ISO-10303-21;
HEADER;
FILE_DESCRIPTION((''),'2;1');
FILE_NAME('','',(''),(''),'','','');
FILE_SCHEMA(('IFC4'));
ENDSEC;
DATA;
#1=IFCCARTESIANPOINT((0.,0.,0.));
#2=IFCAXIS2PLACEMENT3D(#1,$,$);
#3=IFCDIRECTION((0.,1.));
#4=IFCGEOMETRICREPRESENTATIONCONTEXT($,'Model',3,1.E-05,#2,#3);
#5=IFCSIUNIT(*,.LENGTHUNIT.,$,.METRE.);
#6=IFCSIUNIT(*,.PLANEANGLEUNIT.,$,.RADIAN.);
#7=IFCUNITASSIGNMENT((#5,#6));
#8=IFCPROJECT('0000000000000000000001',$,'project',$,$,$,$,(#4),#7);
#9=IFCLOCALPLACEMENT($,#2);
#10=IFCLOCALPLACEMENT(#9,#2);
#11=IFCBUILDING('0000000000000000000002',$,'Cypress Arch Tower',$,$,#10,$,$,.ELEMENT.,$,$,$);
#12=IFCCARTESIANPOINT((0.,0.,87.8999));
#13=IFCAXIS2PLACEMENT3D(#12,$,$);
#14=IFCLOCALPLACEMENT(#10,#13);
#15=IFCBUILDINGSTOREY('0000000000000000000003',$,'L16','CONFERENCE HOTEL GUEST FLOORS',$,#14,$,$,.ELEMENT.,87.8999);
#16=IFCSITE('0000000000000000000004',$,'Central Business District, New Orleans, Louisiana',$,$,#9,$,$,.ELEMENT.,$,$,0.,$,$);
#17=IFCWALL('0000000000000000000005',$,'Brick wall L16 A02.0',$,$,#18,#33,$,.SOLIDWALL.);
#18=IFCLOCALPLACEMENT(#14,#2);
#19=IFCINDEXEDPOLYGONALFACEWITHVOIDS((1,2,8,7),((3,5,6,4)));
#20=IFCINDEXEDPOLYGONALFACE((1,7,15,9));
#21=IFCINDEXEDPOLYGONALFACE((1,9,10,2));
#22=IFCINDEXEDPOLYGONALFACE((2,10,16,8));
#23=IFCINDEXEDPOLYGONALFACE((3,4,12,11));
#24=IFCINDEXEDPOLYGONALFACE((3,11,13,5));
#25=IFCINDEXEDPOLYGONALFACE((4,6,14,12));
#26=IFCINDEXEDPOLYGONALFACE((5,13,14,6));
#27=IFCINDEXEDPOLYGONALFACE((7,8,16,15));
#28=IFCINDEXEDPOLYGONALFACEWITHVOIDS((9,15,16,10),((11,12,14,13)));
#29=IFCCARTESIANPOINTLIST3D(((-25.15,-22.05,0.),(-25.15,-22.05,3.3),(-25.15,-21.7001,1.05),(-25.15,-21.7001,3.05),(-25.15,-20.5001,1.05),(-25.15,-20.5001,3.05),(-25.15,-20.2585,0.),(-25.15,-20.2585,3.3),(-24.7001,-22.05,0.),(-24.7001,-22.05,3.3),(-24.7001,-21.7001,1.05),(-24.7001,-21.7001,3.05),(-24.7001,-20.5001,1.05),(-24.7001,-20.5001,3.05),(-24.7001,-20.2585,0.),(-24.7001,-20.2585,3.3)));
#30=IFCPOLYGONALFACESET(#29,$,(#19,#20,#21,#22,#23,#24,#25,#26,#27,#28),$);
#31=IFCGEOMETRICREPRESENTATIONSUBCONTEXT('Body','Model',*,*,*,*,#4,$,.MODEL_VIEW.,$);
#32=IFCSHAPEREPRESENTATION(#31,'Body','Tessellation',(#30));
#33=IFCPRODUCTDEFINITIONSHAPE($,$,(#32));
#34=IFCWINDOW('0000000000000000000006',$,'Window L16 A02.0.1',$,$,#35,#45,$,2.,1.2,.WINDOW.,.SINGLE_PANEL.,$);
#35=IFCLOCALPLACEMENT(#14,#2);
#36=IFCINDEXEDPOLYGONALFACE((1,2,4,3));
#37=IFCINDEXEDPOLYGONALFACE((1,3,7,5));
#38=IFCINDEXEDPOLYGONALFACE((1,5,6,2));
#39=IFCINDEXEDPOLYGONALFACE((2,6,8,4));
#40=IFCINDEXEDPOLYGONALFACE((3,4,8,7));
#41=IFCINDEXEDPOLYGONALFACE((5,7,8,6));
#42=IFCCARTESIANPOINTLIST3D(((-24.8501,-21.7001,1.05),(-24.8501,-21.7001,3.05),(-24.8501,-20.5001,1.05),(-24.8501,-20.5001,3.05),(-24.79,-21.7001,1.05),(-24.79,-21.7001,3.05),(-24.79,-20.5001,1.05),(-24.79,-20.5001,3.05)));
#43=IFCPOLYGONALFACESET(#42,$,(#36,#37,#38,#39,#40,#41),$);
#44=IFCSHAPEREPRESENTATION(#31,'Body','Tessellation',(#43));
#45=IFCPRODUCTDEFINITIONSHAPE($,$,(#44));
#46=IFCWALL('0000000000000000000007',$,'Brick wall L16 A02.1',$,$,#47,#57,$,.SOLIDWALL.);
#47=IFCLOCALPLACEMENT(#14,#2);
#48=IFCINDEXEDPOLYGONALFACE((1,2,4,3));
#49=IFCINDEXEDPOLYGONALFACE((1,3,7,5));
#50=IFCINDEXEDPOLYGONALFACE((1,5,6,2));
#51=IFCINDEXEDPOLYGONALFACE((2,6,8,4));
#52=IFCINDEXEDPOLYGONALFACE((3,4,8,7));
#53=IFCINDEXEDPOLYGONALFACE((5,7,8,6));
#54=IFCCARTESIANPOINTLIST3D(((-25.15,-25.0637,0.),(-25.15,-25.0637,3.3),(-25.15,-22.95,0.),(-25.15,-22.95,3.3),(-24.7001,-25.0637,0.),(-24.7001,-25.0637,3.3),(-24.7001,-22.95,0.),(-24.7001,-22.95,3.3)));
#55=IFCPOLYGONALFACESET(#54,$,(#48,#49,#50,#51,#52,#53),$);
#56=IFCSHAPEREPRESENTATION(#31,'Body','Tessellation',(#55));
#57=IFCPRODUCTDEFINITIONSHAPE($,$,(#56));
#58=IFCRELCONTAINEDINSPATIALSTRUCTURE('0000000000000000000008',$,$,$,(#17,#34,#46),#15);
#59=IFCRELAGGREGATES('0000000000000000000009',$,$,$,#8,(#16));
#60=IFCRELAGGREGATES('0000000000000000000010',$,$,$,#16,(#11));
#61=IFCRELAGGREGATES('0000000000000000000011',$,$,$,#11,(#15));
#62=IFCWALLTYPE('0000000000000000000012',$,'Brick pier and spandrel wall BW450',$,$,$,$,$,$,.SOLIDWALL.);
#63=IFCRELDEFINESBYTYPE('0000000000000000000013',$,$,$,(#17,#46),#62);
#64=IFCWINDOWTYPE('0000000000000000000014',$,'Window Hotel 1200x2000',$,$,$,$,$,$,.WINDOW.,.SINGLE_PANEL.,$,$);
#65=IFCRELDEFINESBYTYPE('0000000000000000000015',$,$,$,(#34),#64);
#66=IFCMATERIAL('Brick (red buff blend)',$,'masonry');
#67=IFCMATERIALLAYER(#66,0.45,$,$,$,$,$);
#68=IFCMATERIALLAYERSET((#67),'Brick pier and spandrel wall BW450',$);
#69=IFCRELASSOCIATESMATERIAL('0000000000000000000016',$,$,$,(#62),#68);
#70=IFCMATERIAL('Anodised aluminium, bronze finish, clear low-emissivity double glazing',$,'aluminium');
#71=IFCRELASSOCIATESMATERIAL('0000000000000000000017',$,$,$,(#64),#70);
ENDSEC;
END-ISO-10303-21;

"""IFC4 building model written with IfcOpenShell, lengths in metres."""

from ifc_helpers import new_model, si_unit, direction, frame, frame_2d, origin, place, context, subcontext, project, spatial, rectangle, extrude, material, layer, layer_set, type_object, element, fill, save


model = new_model("IFC4")

# Units and contexts
model_context = context("Model", 3, precision=1e-05, world=origin(), true_north=direction((0.0, 1.0)))
body_context = subcontext(model_context, "Body", "Model", "MODEL_VIEW")
ifc_project = project(units=[si_unit("LENGTHUNIT", "METRE"), si_unit("PLANEANGLEUNIT", "RADIAN")], contexts=[model_context])

# Site, building, storey
site_placement = place(None, origin())
site = spatial("IfcSite", under=ifc_project, at=site_placement, Name="Central Business District, New Orleans, Louisiana", CompositionType="ELEMENT", RefElevation=0.0)
building_placement = place(site_placement, origin())
building = spatial("IfcBuilding", under=site, at=building_placement, Name="Cypress Arch Tower", CompositionType="ELEMENT")
storey_placement = place(building_placement, frame((0.0, 0.0, 87.8999)))
storey = spatial("IfcBuildingStorey", under=building, at=storey_placement, Name="L16", Description="CONFERENCE HOTEL GUEST FLOORS", CompositionType="ELEMENT", Elevation=87.8999)

# Wall, opening, window
ifc_material_1 = material(Name="Brick (red buff blend)", Category="masonry")
ifc_layer_1 = layer(ifc_material_1, 0.45)
ifc_layer_set_1 = layer_set([ifc_layer_1], Name="Brick pier and spandrel wall BW450")
wall_type_1 = type_object("IfcWallType", Name="Brick pier and spandrel wall BW450", PredefinedType="SOLIDWALL", material=ifc_layer_set_1)
wall_1_placement = place(storey_placement, frame((-24.925, -20.2585, 0.0), z_axis=(0.0, 0.0, 1.0), x_axis=(0.0, -1.0, 0.0)))
wall_1 = element("IfcWall", 1, at=wall_1_placement, inside=storey, type_object=wall_type_1, Name="Brick wall L16 A02.0", PredefinedType="SOLIDWALL", context=body_context, shape_type="SweptSolid", body=[
    extrude(rectangle(XDim=1.7915, YDim=0.45, at=frame_2d((0.8958, 0.0))), origin(), (0.0, 0.0, 1.0), 3.3),
])
opening_1_placement = place(wall_1_placement, frame((0.2415, 0.0, 1.05)))
opening_1 = element("IfcOpeningElement", 2, at=opening_1_placement, cuts=wall_1, PredefinedType="OPENING", context=body_context, shape_type="SweptSolid", body=[
    extrude(rectangle(XDim=1.2, YDim=2.0, at=frame_2d((0.6001, 1.0))), frame((0.0, 0.2349, 0.0), z_axis=(0.0, -1.0, 0.0), x_axis=(1.0, 0.0, 0.0)), (0.0, 0.0, 1.0), 0.47),
])
ifc_material_2 = material(Name="Anodised aluminium, bronze finish, clear low-emissivity double glazing", Category="aluminium")
window_type_1 = type_object("IfcWindowType", Name="Window Hotel 1200x2000", PartitioningType="SINGLE_PANEL", PredefinedType="WINDOW", material=ifc_material_2)
window_1_placement = place(opening_1_placement, origin())
window_1 = element("IfcWindow", 3, at=window_1_placement, inside=storey, type_object=window_type_1, Name="Window L16 A02.0.1", OverallHeight=2.0, OverallWidth=1.2, PartitioningType="SINGLE_PANEL", PredefinedType="WINDOW", context=body_context, shape_type="SweptSolid", body=[
    extrude(rectangle(XDim=1.2, YDim=2.0, at=frame_2d((0.6001, 1.0))), frame((0.0, 0.135, 0.0), z_axis=(0.0, -1.0, 0.0), x_axis=(1.0, 0.0, 0.0)), (0.0, 0.0, 1.0), 0.0601),
])
fill(opening_1, window_1)

# Wall
wall_2_placement = place(storey_placement, frame((-24.925, -22.95, 0.0), z_axis=(0.0, 0.0, 1.0), x_axis=(0.0, -1.0, 0.0)))
element("IfcWall", 4, at=wall_2_placement, inside=storey, type_object=wall_type_1, Name="Brick wall L16 A02.1", PredefinedType="SOLIDWALL", context=body_context, shape_type="SweptSolid", body=[
    extrude(rectangle(XDim=2.1138, YDim=0.45, at=frame_2d((1.0569, 0.0))), origin(), (0.0, 0.0, 1.0), 3.3),
])

save(model, "model.ifc")
